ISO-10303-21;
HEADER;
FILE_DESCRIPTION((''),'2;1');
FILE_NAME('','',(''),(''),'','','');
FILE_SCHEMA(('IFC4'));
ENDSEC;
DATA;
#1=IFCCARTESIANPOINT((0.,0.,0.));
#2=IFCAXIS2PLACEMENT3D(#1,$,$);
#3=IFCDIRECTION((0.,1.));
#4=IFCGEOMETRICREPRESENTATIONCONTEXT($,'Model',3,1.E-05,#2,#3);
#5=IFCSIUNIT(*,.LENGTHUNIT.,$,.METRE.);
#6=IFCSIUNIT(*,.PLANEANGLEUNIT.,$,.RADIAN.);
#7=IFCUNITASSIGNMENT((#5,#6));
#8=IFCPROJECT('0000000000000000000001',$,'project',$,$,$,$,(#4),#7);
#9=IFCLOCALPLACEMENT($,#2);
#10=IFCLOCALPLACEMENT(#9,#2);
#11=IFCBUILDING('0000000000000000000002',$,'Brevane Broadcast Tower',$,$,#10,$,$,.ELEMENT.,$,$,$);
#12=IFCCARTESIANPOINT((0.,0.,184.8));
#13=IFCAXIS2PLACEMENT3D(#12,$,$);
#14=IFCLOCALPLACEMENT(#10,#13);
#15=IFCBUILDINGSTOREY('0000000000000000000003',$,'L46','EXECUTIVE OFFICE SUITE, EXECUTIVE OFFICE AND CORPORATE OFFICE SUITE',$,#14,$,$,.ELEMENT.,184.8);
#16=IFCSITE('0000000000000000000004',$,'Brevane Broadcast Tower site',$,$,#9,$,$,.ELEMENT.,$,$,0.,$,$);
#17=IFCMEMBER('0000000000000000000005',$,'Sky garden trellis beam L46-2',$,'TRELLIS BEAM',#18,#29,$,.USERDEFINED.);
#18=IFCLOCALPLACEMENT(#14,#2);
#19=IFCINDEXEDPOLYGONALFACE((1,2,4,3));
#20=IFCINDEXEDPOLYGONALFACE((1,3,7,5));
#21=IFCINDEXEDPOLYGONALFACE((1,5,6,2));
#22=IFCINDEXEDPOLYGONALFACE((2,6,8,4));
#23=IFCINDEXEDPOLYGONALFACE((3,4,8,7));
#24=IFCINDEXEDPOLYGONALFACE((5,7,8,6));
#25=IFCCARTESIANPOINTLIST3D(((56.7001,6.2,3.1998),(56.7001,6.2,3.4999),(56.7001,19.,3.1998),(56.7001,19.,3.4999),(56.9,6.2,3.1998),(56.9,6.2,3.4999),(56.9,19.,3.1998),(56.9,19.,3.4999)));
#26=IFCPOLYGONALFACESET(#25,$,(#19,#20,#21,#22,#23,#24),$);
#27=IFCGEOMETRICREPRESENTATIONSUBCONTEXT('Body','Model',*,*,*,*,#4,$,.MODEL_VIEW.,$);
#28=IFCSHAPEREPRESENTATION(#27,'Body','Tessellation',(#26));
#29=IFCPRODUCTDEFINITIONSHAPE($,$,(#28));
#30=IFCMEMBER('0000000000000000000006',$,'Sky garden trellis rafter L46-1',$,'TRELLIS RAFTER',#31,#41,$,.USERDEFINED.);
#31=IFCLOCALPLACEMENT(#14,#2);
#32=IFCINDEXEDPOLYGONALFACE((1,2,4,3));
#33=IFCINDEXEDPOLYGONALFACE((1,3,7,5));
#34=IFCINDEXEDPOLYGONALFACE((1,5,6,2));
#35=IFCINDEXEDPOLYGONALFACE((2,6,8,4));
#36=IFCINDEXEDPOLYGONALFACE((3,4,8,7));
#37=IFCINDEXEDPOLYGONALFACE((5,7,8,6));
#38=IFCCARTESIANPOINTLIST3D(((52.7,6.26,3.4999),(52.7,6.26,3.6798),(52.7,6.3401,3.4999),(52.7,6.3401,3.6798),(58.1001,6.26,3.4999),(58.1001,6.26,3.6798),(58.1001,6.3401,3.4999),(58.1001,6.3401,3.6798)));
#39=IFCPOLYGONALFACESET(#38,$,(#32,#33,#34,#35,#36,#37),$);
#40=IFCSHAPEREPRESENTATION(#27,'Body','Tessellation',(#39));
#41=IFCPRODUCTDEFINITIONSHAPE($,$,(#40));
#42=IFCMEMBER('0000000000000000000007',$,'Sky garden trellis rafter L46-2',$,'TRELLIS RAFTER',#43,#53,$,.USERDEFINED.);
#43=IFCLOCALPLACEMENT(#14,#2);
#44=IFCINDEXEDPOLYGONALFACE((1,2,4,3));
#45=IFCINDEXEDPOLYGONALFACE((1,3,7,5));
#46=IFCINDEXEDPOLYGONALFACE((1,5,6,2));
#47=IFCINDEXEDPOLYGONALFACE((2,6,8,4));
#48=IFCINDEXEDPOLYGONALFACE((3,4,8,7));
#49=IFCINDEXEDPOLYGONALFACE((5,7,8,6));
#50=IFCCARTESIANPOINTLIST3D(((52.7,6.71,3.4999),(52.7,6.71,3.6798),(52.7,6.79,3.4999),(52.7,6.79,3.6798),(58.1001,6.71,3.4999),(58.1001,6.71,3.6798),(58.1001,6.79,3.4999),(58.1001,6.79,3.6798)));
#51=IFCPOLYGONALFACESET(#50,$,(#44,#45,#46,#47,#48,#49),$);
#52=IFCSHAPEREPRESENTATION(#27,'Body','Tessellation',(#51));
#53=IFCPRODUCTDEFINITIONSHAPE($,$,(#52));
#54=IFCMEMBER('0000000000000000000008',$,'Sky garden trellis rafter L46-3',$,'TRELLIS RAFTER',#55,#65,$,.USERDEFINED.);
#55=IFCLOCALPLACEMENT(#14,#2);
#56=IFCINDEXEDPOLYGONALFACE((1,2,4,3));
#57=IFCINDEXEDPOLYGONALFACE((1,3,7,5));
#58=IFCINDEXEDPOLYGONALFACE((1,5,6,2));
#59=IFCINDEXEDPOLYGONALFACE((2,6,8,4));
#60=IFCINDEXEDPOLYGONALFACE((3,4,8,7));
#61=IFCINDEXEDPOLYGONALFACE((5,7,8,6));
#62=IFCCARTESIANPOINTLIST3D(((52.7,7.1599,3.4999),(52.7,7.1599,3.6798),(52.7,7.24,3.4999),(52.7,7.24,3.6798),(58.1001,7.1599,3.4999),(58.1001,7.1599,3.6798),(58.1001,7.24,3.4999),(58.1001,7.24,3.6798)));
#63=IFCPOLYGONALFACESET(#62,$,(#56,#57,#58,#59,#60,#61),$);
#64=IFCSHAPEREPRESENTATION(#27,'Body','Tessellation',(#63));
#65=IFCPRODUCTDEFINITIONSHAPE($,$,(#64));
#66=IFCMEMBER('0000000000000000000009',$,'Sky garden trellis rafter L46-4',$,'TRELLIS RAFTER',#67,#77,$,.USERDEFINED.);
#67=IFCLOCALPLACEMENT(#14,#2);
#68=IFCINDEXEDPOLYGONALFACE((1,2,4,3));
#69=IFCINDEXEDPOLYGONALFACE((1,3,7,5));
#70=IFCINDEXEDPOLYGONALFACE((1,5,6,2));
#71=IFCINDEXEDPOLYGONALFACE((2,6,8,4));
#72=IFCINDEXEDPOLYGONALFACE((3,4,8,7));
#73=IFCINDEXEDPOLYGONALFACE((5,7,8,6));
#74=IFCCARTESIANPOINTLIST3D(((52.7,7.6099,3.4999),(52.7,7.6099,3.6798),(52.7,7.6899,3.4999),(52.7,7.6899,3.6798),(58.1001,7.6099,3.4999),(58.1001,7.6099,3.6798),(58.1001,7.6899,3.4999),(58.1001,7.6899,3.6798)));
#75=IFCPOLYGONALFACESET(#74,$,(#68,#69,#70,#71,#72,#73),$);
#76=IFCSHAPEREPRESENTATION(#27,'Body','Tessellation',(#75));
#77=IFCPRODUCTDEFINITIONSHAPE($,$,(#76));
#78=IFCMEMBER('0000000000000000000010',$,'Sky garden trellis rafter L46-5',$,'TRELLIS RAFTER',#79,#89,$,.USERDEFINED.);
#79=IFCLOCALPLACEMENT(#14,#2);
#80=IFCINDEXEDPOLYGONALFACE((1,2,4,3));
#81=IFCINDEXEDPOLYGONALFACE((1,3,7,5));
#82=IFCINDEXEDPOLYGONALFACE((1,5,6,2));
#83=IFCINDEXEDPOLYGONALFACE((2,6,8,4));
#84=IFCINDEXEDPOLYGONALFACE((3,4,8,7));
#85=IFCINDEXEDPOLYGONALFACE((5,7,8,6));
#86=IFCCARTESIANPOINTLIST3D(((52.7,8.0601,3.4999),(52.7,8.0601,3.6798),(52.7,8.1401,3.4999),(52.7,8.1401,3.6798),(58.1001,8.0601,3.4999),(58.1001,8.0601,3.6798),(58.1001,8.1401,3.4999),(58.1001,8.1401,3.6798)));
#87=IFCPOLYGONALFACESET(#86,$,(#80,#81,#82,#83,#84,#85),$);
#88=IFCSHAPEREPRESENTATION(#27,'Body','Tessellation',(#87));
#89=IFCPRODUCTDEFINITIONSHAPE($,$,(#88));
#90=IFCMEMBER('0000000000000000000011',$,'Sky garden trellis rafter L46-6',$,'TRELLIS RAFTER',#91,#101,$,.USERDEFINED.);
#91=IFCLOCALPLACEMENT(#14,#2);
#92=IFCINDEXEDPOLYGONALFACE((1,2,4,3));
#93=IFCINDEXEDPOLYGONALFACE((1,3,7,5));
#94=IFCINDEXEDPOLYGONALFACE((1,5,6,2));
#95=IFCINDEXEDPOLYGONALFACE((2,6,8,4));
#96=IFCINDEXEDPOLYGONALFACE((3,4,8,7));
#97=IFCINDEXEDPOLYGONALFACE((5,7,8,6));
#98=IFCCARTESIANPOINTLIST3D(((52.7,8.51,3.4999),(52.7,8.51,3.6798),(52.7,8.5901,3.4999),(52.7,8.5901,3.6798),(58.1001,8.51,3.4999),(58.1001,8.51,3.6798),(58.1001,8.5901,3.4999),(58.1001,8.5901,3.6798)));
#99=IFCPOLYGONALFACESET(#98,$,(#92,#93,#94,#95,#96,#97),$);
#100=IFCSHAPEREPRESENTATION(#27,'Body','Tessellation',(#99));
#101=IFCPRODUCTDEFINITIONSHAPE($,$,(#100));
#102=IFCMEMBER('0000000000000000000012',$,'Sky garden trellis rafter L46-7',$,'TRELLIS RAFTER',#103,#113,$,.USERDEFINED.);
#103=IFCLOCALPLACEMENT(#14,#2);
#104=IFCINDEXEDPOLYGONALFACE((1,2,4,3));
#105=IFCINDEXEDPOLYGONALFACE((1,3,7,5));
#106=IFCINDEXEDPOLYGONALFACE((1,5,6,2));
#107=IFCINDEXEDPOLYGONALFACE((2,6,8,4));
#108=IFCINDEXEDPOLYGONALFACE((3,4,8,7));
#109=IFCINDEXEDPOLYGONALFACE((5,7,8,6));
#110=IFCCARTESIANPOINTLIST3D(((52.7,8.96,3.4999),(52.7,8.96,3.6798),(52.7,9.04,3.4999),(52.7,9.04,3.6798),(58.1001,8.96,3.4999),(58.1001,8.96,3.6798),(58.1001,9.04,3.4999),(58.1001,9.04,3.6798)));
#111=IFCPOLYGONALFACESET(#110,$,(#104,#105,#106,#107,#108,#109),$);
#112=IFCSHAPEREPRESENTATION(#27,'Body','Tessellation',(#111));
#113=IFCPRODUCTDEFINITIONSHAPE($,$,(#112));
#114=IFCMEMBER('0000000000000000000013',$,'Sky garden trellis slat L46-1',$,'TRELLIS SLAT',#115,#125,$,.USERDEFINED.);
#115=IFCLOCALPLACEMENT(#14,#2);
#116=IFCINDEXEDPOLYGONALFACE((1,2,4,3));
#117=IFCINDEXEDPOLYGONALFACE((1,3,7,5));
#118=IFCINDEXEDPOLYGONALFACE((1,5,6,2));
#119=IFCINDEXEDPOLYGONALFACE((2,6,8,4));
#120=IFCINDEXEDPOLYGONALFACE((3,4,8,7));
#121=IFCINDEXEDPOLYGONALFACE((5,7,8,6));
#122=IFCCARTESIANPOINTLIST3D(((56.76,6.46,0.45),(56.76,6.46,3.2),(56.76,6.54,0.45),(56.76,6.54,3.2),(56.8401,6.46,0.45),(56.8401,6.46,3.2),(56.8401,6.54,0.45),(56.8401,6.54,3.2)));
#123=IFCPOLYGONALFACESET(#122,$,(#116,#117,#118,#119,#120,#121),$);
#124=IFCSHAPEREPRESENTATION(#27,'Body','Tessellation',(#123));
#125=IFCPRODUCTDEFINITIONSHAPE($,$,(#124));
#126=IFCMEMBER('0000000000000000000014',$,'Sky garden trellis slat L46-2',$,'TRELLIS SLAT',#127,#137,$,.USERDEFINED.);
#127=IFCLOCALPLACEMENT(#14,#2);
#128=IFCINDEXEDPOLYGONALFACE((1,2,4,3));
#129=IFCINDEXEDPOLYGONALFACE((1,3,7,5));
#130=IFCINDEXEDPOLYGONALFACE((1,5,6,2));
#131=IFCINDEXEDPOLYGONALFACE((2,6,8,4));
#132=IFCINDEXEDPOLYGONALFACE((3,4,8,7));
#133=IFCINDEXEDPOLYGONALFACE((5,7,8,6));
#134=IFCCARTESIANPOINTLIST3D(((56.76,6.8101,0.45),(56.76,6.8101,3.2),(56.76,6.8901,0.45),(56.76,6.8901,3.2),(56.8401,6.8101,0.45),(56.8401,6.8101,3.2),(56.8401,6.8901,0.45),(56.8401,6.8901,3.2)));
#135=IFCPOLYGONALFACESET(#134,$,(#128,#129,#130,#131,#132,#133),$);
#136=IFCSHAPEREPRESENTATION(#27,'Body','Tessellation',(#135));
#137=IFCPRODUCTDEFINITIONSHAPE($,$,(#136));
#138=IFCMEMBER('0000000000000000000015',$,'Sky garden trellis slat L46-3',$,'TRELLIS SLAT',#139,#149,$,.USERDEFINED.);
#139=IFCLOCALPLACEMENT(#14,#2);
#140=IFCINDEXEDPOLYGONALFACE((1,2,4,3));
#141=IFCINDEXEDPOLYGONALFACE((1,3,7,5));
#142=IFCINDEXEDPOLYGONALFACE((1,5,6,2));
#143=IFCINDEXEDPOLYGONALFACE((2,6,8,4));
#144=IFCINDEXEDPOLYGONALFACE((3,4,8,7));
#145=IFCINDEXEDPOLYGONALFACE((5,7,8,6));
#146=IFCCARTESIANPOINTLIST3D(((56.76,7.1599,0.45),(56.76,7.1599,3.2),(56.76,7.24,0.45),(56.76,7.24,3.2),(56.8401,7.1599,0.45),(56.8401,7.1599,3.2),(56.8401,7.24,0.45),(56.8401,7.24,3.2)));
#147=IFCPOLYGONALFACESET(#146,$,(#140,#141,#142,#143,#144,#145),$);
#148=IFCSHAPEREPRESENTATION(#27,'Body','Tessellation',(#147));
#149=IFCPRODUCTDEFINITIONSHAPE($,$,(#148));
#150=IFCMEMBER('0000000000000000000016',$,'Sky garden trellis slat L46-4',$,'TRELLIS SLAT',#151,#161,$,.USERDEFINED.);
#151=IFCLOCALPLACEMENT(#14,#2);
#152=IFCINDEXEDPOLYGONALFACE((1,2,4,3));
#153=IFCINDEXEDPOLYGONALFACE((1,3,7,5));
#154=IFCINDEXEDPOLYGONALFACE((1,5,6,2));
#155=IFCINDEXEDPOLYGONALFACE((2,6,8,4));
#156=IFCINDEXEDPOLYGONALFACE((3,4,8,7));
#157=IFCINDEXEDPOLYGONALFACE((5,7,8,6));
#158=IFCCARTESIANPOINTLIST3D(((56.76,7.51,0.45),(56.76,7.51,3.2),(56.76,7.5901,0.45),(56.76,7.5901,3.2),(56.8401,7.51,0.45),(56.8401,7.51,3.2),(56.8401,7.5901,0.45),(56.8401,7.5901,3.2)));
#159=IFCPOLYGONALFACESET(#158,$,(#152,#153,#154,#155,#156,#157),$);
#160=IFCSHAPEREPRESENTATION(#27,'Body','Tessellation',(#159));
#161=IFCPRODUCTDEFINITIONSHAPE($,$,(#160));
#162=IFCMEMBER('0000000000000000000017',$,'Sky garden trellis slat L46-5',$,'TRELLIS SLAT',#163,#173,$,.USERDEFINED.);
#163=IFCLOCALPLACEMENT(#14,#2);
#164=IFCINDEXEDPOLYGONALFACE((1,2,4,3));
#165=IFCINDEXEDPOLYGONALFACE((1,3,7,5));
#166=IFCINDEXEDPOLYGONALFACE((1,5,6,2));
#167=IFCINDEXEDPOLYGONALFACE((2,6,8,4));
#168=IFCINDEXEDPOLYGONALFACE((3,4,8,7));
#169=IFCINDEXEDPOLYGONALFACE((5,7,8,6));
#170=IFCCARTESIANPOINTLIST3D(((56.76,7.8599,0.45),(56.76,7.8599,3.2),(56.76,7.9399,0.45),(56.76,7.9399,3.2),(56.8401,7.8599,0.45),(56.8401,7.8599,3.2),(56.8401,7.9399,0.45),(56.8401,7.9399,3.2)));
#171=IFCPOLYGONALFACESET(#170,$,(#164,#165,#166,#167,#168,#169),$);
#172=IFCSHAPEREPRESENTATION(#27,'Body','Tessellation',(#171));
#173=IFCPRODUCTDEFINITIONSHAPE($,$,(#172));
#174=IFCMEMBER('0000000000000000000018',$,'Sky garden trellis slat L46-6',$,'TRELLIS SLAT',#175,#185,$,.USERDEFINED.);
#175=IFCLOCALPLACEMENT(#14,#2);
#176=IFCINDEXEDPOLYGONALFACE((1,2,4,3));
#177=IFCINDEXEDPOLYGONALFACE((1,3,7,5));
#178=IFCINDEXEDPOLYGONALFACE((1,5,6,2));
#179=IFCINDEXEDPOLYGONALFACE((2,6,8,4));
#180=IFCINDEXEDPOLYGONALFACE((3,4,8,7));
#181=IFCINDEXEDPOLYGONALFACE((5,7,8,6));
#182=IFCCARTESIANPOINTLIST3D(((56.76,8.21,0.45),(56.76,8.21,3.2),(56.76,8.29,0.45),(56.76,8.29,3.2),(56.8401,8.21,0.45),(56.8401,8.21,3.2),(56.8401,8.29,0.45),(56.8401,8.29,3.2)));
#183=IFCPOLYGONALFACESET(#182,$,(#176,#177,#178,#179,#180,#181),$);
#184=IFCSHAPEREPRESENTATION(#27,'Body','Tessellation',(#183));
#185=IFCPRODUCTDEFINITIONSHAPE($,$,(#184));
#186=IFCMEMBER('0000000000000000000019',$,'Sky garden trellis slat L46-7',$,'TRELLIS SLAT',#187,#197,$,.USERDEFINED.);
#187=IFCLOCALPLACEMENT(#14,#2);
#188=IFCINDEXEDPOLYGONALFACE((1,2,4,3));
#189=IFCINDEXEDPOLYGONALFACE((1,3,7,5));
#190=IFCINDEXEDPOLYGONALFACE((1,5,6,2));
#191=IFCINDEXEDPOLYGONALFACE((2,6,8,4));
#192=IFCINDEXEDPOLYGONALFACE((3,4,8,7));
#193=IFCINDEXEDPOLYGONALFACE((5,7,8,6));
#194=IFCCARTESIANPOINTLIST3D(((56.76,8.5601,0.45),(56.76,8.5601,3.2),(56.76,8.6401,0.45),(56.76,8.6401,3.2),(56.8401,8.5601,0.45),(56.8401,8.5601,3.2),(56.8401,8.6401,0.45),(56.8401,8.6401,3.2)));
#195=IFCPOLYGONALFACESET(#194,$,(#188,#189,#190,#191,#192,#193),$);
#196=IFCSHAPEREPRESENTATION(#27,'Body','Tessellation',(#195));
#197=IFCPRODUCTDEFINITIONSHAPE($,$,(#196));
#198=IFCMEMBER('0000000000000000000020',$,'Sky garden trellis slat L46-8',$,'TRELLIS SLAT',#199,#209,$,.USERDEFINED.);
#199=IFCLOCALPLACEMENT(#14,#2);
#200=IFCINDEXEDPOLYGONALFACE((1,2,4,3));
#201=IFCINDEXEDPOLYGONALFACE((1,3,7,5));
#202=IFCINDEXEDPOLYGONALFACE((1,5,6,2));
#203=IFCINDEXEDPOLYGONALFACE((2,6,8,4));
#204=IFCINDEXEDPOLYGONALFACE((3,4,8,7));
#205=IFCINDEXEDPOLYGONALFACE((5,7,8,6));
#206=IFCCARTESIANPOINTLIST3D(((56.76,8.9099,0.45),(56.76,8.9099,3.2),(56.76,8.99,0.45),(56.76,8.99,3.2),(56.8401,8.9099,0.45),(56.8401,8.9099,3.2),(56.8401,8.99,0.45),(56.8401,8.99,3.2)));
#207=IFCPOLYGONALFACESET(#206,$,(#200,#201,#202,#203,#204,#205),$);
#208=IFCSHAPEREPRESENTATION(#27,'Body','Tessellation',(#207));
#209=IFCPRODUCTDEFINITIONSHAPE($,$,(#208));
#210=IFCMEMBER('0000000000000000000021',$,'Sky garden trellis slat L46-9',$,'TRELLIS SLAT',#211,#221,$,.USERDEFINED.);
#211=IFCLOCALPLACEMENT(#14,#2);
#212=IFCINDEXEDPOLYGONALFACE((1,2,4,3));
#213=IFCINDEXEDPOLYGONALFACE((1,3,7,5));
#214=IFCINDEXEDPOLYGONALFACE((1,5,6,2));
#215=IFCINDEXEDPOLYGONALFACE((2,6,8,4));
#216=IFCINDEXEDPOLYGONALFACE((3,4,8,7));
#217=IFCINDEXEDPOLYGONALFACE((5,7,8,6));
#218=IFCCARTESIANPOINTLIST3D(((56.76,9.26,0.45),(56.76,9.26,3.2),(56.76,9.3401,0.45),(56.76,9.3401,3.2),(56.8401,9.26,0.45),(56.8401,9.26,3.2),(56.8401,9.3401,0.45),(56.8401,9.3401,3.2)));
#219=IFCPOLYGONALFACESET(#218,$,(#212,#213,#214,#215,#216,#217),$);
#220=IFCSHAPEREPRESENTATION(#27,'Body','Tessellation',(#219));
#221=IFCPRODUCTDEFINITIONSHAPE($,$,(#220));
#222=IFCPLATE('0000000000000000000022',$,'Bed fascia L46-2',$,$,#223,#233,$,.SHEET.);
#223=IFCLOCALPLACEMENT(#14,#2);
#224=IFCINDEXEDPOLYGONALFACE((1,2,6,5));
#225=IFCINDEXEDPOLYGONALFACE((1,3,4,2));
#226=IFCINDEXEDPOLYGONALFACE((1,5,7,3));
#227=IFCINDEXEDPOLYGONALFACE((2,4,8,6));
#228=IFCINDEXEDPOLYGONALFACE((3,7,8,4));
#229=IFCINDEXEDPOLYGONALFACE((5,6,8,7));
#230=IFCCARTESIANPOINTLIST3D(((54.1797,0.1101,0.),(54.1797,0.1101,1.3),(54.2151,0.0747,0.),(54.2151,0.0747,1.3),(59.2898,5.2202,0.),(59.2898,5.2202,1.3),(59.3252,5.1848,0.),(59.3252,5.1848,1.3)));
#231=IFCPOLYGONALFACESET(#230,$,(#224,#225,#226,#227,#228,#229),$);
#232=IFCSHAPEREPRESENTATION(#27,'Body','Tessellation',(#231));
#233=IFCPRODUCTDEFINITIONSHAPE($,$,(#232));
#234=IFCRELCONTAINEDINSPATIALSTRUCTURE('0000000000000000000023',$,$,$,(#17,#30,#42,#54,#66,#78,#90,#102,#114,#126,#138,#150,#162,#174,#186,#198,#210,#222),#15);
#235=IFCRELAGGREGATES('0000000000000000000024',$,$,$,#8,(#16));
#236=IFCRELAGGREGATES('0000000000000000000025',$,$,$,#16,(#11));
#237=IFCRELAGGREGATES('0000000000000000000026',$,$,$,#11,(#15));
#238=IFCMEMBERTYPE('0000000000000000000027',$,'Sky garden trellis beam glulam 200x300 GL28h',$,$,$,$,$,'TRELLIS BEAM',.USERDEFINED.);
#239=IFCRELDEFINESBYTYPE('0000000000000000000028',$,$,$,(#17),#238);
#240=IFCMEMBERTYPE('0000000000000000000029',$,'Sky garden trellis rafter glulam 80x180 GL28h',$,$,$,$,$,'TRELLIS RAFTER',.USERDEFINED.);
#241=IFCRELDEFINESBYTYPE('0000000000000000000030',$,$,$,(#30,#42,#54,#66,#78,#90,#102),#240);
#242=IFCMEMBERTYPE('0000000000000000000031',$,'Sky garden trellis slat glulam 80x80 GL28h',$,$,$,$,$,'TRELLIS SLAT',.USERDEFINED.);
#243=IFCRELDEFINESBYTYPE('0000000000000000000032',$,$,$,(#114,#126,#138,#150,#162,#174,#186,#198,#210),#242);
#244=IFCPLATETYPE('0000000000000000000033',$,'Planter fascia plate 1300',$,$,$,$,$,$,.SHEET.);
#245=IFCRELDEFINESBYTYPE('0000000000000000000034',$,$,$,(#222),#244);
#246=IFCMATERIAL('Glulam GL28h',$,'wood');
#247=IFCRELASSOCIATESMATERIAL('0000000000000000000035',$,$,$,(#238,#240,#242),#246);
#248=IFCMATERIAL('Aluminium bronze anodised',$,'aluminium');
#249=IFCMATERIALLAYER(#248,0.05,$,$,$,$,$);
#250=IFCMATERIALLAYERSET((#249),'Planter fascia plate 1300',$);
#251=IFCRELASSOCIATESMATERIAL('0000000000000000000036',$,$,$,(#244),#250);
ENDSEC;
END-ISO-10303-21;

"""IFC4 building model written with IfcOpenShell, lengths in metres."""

from ifc_helpers import new_model, si_unit, direction, frame, origin, origin_2d, place, context, subcontext, project, spatial, polyline, rectangle, outline, extrude, material, layer, layer_set, material_profile, profile_set, type_object, element, save


model = new_model("IFC4")

# Units and contexts
model_context = context("Model", 3, precision=1e-05, world=origin(), true_north=direction((0.0, 1.0)))
body_context = subcontext(model_context, "Body", "Model", "MODEL_VIEW")
ifc_project = project(units=[si_unit("LENGTHUNIT", "METRE"), si_unit("PLANEANGLEUNIT", "RADIAN")], contexts=[model_context])

# Site, building, storey
site_placement = place(None, origin())
site = spatial("IfcSite", under=ifc_project, at=site_placement, Name="Brevane Broadcast Tower site", CompositionType="ELEMENT", RefElevation=0.0)
building_placement = place(site_placement, origin())
building = spatial("IfcBuilding", under=site, at=building_placement, Name="Brevane Broadcast Tower", CompositionType="ELEMENT")
storey_placement = place(building_placement, frame((0.0, 0.0, 184.8)))
storey = spatial("IfcBuildingStorey", under=building, at=storey_placement, Name="L46", Description="EXECUTIVE OFFICE SUITE, EXECUTIVE OFFICE AND CORPORATE OFFICE SUITE", CompositionType="ELEMENT", Elevation=184.8)

# Members
ifc_material_1 = material(Name="Glulam GL28h", Category="wood")
ifc_material_profile_1 = material_profile(ifc_material_1, rectangle(XDim=0.2, YDim=0.3, at=origin_2d()), Name="RECT 200x300")
ifc_profile_set_1 = profile_set([ifc_material_profile_1], Name="Glulam GL28h")
member_type_1 = type_object("IfcMemberType", Name="Sky garden trellis beam glulam 200x300 GL28h", ElementType="TRELLIS BEAM", PredefinedType="USERDEFINED", material=ifc_profile_set_1)
for number, where, z_axis, x_axis, name in (
    (1, (56.8, 6.2, 3.3499), (0.0, 1.0, 0.0), (-1.0, 0.0, 0.0), "Sky garden trellis beam L46-2"),
):
    element("IfcMember", number, at=place(storey_placement, frame(where, z_axis=z_axis, x_axis=x_axis)), inside=storey, type_object=member_type_1, Name=name, ObjectType="TRELLIS BEAM", PredefinedType="USERDEFINED", context=body_context, shape_type="SweptSolid", body=[
        extrude(rectangle(XDim=0.2, YDim=0.3, at=origin_2d()), origin(), (0.0, 0.0, 1.0), 12.8),
    ])
ifc_material_profile_2 = material_profile(ifc_material_1, rectangle(XDim=0.0801, YDim=0.1799, at=origin_2d()), Name="RECT 80x180")
ifc_profile_set_2 = profile_set([ifc_material_profile_2], Name="Glulam GL28h")
member_type_2 = type_object("IfcMemberType", Name="Sky garden trellis rafter glulam 80x180 GL28h", ElementType="TRELLIS RAFTER", PredefinedType="USERDEFINED", material=ifc_profile_set_2)
for number, where, z_axis, x_axis, name in (
    (2, (52.7, 6.3, 3.5898), (1.0, 0.0, 0.0), (0.0, 1.0, 0.0), "Sky garden trellis rafter L46-1"),
    (3, (52.7, 6.75, 3.5898), (1.0, 0.0, 0.0), (0.0, 1.0, 0.0), "Sky garden trellis rafter L46-2"),
    (4, (52.7, 7.2, 3.5898), (1.0, 0.0, 0.0), (0.0, 1.0, 0.0), "Sky garden trellis rafter L46-3"),
    (5, (52.7, 7.6499, 3.5898), (1.0, 0.0, 0.0), (0.0, 1.0, 0.0), "Sky garden trellis rafter L46-4"),
    (6, (52.7, 8.1001, 3.5898), (1.0, 0.0, 0.0), (0.0, 1.0, 0.0), "Sky garden trellis rafter L46-5"),
    (7, (52.7, 8.55, 3.5898), (1.0, 0.0, 0.0), (0.0, 1.0, 0.0), "Sky garden trellis rafter L46-6"),
    (8, (52.7, 9.0, 3.5898), (1.0, 0.0, 0.0), (0.0, 1.0, 0.0), "Sky garden trellis rafter L46-7"),
):
    element("IfcMember", number, at=place(storey_placement, frame(where, z_axis=z_axis, x_axis=x_axis)), inside=storey, type_object=member_type_2, Name=name, ObjectType="TRELLIS RAFTER", PredefinedType="USERDEFINED", context=body_context, shape_type="SweptSolid", body=[
        extrude(rectangle(XDim=0.0801, YDim=0.1799, at=origin_2d()), origin(), (0.0, 0.0, 1.0), 5.4001),
    ])
ifc_material_profile_3 = material_profile(ifc_material_1, rectangle(XDim=0.0801, YDim=0.0801, at=origin_2d()), Name="RECT 80x80")
ifc_profile_set_3 = profile_set([ifc_material_profile_3], Name="Glulam GL28h")
member_type_3 = type_object("IfcMemberType", Name="Sky garden trellis slat glulam 80x80 GL28h", ElementType="TRELLIS SLAT", PredefinedType="USERDEFINED", material=ifc_profile_set_3)
for number, where, z_axis, x_axis, name in (
    (9, (56.8, 6.5, 0.45), (0.0, 0.0, 1.0), (1.0, 0.0, 0.0), "Sky garden trellis slat L46-1"),
    (10, (56.8, 6.8501, 0.45), (0.0, 0.0, 1.0), (1.0, 0.0, 0.0), "Sky garden trellis slat L46-2"),
    (11, (56.8, 7.2, 0.45), (0.0, 0.0, 1.0), (1.0, 0.0, 0.0), "Sky garden trellis slat L46-3"),
    (12, (56.8, 7.55, 0.45), (0.0, 0.0, 1.0), (1.0, 0.0, 0.0), "Sky garden trellis slat L46-4"),
    (13, (56.8, 7.8999, 0.45), (0.0, 0.0, 1.0), (1.0, 0.0, 0.0), "Sky garden trellis slat L46-5"),
    (14, (56.8, 8.25, 0.45), (0.0, 0.0, 1.0), (1.0, 0.0, 0.0), "Sky garden trellis slat L46-6"),
    (15, (56.8, 8.6001, 0.45), (0.0, 0.0, 1.0), (1.0, 0.0, 0.0), "Sky garden trellis slat L46-7"),
    (16, (56.8, 8.95, 0.45), (0.0, 0.0, 1.0), (1.0, 0.0, 0.0), "Sky garden trellis slat L46-8"),
    (17, (56.8, 9.3, 0.45), (0.0, 0.0, 1.0), (1.0, 0.0, 0.0), "Sky garden trellis slat L46-9"),
):
    element("IfcMember", number, at=place(storey_placement, frame(where, z_axis=z_axis, x_axis=x_axis)), inside=storey, type_object=member_type_3, Name=name, ObjectType="TRELLIS SLAT", PredefinedType="USERDEFINED", context=body_context, shape_type="SweptSolid", body=[
        extrude(rectangle(XDim=0.0801, YDim=0.0801, at=origin_2d()), origin(), (0.0, 0.0, 1.0), 2.75),
    ])

# Plate
ifc_material_2 = material(Name="Aluminium bronze anodised", Category="aluminium")
ifc_layer_1 = layer(ifc_material_2, 0.05)
ifc_layer_set_1 = layer_set([ifc_layer_1], Name="Planter fascia plate 1300")
plate_type = type_object("IfcPlateType", Name="Planter fascia plate 1300", PredefinedType="SHEET", material=ifc_layer_set_1)
plate_1_placement = place(storey_placement, frame((54.2151, 0.0747, 0.0), z_axis=(0.707107, -0.707107, 0.0), x_axis=(0.707107, 0.707107, 0.0)))
element("IfcPlate", 18, at=plate_1_placement, inside=storey, type_object=plate_type, Name="Bed fascia L46-2", PredefinedType="SHEET", context=body_context, shape_type="SweptSolid", body=[
    extrude(outline(polyline([(0.0, 0.0), (7.2268, 0.0), (7.2268, 1.3), (0.0, 1.3), (0.0, 0.0)])), origin(), (0.0, 0.0, -1.0), 0.05),
])

save(model, "model.ifc")
